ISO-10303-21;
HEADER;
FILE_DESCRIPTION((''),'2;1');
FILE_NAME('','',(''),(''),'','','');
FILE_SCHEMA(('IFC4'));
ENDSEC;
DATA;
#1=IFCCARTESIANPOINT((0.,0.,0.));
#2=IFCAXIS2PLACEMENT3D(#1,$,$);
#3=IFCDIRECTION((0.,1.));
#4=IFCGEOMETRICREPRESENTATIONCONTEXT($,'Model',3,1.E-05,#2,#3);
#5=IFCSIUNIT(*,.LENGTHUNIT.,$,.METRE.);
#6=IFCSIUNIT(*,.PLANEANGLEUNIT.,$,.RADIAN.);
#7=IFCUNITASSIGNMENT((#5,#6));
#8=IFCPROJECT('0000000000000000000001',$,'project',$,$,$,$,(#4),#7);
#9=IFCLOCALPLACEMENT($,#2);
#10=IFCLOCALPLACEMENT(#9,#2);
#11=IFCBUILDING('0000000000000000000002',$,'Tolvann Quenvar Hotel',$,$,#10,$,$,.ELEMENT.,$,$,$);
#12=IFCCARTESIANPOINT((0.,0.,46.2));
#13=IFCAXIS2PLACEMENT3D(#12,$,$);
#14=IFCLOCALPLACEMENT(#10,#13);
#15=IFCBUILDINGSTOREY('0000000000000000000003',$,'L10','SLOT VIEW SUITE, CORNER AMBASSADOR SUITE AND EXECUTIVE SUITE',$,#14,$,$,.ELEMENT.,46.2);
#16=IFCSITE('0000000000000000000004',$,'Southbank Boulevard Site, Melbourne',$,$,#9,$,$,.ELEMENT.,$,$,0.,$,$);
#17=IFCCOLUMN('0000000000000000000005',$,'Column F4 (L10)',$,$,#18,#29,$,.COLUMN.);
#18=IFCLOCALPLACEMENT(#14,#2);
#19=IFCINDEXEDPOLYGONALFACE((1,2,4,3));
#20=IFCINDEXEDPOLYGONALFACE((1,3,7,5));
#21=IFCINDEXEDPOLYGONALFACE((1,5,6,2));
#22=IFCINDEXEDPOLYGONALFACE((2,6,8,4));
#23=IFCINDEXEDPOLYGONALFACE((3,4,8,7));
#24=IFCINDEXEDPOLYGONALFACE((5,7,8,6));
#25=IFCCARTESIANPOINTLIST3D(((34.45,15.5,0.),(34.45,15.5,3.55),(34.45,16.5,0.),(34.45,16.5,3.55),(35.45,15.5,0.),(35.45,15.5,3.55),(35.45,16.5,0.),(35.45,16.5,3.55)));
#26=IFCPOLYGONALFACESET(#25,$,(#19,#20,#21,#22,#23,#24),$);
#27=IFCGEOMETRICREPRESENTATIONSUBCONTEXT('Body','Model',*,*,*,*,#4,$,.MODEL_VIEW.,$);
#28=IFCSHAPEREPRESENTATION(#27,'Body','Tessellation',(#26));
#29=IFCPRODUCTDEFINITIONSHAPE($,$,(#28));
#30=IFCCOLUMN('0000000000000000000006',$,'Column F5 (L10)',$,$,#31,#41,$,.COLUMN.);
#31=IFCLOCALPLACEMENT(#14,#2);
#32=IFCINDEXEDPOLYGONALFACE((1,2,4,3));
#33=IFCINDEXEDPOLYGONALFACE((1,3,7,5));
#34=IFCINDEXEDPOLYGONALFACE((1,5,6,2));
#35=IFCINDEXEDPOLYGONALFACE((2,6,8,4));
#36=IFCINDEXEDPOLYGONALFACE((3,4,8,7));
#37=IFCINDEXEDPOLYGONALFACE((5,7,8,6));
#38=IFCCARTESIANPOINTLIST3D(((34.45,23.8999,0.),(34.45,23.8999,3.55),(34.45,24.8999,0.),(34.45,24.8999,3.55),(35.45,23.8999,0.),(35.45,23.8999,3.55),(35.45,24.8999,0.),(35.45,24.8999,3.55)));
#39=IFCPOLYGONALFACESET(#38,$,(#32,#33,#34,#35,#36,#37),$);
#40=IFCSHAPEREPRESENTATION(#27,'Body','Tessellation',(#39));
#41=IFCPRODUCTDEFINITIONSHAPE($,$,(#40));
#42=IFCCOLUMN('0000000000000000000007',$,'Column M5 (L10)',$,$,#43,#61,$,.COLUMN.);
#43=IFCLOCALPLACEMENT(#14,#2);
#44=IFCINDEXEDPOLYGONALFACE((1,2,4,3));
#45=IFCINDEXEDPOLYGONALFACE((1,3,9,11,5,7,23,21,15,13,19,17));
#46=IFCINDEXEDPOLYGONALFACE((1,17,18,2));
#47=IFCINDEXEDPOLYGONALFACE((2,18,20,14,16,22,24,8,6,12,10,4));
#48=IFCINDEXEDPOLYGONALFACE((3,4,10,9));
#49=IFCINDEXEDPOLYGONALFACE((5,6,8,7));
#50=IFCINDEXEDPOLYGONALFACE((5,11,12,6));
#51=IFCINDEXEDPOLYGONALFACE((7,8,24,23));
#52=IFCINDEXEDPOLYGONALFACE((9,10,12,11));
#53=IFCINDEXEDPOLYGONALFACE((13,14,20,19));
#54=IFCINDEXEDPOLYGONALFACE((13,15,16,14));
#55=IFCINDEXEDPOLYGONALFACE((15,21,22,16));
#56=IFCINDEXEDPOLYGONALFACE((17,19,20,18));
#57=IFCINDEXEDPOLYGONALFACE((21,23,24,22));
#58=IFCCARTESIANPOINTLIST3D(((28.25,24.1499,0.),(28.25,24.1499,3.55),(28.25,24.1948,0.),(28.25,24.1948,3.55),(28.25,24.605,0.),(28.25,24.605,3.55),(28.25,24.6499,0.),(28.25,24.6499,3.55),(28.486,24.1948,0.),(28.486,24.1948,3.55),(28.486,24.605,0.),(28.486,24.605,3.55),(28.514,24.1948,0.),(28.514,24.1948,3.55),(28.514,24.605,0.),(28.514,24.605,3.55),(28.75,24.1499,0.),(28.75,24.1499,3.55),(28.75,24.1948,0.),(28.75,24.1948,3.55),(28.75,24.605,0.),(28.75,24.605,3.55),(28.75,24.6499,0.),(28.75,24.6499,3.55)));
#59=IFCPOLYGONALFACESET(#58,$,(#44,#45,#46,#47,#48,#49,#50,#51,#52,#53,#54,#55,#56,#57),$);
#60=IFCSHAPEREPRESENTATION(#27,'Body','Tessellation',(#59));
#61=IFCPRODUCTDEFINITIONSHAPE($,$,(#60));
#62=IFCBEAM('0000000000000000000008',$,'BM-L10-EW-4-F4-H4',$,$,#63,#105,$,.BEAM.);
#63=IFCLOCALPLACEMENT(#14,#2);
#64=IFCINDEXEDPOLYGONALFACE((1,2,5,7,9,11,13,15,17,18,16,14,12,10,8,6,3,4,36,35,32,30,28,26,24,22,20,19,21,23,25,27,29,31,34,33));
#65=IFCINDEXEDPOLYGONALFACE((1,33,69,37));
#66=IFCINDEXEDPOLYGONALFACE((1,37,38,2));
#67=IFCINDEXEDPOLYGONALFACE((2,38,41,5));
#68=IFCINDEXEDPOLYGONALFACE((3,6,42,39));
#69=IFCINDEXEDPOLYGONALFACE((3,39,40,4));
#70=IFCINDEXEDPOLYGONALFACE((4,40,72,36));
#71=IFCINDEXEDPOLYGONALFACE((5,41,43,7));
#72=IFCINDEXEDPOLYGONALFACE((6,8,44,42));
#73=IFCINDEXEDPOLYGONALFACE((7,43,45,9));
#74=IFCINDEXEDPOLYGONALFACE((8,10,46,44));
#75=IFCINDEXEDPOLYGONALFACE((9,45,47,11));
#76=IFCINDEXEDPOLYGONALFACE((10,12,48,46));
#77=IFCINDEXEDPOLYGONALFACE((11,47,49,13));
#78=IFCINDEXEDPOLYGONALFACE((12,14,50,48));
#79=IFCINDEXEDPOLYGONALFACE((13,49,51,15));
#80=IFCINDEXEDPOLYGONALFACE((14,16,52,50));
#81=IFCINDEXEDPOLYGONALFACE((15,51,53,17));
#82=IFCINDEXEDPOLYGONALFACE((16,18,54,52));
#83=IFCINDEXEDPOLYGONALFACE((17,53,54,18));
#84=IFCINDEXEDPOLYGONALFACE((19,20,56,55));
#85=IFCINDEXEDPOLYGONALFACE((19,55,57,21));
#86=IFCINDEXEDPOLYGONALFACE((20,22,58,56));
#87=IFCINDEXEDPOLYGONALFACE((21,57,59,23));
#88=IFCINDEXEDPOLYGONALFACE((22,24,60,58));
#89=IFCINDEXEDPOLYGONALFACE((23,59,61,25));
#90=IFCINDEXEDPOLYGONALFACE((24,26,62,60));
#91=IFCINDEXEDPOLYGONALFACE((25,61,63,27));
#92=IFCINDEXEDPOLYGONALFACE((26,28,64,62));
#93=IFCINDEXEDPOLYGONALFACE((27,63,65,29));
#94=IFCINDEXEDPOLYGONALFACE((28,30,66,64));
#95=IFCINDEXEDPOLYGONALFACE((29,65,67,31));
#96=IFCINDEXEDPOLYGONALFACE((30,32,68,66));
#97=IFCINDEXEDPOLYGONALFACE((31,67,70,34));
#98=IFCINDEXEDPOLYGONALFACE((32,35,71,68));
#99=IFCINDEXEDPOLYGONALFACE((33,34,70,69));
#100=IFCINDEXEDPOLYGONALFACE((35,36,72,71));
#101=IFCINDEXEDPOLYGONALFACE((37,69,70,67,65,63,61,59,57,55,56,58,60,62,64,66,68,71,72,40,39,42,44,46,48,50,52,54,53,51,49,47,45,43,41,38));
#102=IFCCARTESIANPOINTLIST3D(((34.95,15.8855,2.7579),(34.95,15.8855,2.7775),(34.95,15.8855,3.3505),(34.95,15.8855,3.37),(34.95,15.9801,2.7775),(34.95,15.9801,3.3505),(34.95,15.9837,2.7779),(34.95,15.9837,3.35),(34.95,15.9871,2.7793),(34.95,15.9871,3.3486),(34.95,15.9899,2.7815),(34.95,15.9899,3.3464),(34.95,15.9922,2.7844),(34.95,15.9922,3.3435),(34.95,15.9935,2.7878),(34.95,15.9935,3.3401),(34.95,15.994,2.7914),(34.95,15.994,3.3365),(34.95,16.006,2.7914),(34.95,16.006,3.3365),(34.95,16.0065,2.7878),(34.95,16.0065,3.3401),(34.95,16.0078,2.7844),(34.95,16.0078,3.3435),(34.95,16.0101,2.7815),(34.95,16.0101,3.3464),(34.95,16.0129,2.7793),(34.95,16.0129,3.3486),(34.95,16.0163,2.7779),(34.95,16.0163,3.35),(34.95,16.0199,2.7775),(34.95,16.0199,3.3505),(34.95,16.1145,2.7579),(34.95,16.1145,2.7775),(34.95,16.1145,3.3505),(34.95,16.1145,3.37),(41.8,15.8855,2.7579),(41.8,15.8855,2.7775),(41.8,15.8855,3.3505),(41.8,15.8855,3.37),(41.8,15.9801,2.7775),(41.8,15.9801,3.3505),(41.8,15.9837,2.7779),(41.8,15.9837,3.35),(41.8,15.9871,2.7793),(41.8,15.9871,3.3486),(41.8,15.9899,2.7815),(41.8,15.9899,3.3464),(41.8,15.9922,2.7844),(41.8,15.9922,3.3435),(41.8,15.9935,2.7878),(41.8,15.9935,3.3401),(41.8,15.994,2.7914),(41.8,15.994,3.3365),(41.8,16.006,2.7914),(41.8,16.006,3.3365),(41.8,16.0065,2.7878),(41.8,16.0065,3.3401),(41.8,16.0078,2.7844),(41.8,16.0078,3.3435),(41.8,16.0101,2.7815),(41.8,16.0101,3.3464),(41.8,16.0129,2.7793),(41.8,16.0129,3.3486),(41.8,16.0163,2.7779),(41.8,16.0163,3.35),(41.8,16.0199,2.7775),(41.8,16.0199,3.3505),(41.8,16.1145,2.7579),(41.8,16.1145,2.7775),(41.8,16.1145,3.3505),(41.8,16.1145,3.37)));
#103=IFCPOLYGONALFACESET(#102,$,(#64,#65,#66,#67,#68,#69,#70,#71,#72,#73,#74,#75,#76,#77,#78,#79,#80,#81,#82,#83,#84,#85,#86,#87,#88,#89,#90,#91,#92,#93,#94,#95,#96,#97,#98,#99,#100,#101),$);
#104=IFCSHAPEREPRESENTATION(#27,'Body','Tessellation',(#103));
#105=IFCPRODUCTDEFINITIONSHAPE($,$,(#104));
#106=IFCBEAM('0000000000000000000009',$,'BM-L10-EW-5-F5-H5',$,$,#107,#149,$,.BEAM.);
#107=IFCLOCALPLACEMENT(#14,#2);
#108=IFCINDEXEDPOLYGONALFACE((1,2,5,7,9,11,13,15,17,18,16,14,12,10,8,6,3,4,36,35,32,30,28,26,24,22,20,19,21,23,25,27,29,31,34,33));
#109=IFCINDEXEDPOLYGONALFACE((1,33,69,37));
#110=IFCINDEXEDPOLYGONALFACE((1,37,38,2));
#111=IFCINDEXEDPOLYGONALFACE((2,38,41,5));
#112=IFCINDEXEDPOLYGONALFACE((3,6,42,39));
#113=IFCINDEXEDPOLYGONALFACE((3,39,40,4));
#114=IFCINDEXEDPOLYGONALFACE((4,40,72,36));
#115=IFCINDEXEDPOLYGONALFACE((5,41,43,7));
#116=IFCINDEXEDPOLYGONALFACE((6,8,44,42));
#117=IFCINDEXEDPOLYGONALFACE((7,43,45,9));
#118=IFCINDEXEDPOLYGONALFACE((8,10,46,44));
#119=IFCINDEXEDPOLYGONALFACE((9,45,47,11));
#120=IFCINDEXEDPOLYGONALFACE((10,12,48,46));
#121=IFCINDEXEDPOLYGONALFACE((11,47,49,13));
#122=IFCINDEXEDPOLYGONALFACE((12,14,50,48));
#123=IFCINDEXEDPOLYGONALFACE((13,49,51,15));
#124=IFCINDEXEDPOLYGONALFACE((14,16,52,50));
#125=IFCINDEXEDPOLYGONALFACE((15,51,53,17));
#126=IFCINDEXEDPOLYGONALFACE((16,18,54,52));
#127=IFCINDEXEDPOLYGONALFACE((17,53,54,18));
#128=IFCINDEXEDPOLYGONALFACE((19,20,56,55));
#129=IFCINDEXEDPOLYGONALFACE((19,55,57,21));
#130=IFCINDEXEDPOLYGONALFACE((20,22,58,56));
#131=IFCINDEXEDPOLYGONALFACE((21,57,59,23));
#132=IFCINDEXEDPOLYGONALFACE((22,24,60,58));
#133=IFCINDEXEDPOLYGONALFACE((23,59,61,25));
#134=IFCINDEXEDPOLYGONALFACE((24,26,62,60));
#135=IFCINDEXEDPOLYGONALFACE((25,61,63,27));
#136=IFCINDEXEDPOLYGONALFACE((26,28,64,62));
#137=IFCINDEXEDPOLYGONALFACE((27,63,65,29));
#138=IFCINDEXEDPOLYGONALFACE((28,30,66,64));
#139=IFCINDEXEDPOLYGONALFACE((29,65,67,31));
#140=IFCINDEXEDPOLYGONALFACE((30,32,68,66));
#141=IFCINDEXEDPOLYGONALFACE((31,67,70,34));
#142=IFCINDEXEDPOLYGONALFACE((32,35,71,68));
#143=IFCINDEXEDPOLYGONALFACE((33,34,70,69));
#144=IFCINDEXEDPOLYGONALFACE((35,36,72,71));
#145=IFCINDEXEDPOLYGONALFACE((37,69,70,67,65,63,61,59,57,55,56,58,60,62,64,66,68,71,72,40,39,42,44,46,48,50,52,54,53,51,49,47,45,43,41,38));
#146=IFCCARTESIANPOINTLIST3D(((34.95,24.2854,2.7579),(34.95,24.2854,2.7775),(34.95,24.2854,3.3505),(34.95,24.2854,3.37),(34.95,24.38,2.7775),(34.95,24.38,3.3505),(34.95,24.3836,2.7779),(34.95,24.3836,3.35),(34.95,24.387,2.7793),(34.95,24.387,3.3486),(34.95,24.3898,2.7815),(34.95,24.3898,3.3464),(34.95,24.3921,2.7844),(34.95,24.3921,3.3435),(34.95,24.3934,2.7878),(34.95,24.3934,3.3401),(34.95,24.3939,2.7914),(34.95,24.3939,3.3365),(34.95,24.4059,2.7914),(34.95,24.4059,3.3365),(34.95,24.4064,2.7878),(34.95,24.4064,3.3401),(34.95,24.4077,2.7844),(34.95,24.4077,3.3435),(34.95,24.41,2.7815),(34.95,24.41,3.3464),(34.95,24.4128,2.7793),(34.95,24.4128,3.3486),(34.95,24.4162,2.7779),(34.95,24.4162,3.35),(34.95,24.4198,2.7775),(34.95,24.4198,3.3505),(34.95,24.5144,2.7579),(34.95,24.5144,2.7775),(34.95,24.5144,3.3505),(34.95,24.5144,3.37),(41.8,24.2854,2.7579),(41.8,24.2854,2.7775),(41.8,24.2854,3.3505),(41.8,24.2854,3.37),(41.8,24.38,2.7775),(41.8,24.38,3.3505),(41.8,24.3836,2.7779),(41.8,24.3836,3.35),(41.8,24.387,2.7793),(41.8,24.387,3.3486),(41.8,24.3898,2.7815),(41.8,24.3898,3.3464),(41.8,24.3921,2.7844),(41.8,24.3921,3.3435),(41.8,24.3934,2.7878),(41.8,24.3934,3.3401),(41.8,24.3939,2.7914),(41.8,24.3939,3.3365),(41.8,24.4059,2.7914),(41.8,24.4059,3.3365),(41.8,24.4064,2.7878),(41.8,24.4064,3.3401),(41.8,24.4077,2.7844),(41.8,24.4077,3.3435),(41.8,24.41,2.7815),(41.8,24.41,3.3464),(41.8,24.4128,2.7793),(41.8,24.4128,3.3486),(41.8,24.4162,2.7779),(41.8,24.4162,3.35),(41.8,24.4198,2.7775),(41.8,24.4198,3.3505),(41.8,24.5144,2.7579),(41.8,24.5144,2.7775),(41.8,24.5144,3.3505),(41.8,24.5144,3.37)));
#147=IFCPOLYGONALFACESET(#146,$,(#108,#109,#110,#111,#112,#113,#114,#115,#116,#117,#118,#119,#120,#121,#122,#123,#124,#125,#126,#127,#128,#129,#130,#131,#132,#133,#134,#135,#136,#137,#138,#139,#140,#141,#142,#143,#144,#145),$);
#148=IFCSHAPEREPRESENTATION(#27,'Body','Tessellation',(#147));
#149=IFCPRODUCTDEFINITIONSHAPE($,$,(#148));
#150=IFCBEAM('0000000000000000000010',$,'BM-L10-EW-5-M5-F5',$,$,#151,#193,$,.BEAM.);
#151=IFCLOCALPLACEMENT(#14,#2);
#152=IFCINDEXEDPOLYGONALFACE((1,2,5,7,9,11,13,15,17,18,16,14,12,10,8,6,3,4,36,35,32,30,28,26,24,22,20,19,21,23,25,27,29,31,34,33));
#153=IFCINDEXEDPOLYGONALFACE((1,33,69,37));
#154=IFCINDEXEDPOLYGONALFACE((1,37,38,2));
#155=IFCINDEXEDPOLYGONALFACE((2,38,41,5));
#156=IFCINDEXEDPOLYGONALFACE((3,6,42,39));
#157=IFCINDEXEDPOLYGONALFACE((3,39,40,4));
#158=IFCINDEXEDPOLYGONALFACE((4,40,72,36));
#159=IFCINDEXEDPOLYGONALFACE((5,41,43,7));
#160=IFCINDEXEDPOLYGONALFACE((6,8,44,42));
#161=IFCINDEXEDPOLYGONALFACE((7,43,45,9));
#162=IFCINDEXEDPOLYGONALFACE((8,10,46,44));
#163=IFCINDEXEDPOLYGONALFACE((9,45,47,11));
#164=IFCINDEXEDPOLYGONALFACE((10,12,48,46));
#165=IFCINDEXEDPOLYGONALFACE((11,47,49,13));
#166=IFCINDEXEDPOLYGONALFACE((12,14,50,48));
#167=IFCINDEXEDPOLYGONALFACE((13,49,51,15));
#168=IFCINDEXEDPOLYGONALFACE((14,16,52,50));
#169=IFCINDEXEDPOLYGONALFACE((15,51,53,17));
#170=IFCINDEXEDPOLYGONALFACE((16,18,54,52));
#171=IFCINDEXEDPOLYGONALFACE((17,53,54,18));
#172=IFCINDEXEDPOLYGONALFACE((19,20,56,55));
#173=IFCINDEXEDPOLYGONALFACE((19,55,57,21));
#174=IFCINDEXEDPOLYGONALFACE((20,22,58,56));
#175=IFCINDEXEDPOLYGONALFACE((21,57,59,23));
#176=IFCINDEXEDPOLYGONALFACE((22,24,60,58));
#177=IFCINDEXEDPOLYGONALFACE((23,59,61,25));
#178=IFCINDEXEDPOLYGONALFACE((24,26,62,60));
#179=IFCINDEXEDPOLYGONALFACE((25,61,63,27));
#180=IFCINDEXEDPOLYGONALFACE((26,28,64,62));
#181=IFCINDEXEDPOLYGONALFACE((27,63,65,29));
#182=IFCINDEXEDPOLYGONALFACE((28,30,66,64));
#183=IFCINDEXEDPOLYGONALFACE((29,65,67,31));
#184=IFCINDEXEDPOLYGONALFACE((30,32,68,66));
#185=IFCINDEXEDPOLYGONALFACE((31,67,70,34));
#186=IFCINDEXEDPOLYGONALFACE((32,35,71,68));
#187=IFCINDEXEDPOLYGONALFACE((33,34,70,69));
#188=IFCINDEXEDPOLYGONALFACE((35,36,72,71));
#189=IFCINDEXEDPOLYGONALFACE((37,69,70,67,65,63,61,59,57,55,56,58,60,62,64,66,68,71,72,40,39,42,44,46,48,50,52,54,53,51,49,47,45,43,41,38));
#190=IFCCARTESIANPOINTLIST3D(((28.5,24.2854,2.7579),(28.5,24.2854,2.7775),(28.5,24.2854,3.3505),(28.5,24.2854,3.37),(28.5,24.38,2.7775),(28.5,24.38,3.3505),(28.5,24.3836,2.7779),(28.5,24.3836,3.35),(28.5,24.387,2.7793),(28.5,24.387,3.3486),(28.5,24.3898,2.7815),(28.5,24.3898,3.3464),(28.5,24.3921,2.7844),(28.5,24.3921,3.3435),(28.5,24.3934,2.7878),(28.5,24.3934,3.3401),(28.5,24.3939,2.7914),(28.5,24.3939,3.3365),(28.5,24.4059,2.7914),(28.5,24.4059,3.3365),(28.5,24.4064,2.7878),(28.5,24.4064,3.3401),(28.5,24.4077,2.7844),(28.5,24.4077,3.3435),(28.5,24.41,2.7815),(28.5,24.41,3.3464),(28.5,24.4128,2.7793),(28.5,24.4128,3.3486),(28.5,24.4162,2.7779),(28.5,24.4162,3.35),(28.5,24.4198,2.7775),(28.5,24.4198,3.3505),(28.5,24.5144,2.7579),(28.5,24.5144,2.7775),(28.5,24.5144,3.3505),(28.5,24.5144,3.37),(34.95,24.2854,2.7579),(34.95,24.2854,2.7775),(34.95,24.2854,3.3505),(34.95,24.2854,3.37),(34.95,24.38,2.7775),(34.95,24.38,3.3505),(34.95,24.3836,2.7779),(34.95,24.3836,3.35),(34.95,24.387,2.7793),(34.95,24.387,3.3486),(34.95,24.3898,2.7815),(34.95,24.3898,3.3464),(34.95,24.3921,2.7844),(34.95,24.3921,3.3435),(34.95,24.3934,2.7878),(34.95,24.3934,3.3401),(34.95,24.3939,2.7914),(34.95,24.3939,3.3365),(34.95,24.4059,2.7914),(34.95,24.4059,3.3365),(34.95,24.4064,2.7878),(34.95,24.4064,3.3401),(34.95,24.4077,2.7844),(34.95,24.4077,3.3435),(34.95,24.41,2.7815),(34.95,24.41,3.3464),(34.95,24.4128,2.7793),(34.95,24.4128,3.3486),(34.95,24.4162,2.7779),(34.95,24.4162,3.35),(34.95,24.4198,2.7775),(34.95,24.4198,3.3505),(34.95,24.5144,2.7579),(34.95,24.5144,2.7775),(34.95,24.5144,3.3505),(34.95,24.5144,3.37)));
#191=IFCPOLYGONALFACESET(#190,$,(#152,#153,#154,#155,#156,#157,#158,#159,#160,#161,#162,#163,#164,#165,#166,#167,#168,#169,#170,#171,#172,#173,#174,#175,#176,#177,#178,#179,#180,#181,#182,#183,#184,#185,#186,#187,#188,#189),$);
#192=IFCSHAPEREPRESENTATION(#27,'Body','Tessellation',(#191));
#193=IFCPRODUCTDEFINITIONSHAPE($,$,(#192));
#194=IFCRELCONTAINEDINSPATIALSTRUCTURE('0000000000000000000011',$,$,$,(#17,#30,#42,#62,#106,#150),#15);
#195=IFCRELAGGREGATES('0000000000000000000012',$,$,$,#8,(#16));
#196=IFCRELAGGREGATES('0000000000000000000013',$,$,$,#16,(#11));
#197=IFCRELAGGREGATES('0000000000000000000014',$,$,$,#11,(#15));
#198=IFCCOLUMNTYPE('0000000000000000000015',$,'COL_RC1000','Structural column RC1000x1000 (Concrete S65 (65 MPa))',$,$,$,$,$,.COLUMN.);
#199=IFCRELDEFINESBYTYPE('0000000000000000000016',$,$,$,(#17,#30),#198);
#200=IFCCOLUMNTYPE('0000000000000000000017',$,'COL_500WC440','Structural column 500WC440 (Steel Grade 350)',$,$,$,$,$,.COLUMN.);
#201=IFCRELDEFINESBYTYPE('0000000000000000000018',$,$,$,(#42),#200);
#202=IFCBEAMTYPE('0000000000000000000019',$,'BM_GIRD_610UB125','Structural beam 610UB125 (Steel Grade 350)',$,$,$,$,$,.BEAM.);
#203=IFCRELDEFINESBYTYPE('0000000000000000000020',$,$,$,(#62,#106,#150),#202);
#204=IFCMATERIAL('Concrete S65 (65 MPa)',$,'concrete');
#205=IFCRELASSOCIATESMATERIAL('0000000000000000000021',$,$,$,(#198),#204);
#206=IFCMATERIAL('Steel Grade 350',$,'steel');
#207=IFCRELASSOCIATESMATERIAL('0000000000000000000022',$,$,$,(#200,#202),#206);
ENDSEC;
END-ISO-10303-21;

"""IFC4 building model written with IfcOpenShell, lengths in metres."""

from ifc_helpers import new_model, si_unit, direction, frame, origin, origin_2d, place, context, subcontext, project, spatial, rectangle, i_section, extrude, source, transform, mapped, material, material_profile, profile_set, type_object, type_shapes, element, save


model = new_model("IFC4")

# Units and contexts
model_context = context("Model", 3, precision=1e-05, world=origin(), true_north=direction((0.0, 1.0)))
body_context = subcontext(model_context, "Body", "Model", "MODEL_VIEW")
ifc_project = project(units=[si_unit("LENGTHUNIT", "METRE"), si_unit("PLANEANGLEUNIT", "RADIAN")], contexts=[model_context])

# Site, building, storey
site_placement = place(None, origin())
site = spatial("IfcSite", under=ifc_project, at=site_placement, Name="Southbank Boulevard Site, Melbourne", CompositionType="ELEMENT", RefElevation=0.0)
building_placement = place(site_placement, origin())
building = spatial("IfcBuilding", under=site, at=building_placement, Name="Tolvann Quenvar Hotel", CompositionType="ELEMENT")
storey_placement = place(building_placement, frame((0.0, 0.0, 46.2)))
storey = spatial("IfcBuildingStorey", under=building, at=storey_placement, Name="L10", Description="SLOT VIEW SUITE, CORNER AMBASSADOR SUITE AND EXECUTIVE SUITE", CompositionType="ELEMENT", Elevation=46.2)

# Columns
ifc_material_1 = material(Name="Concrete S65 (65 MPa)", Category="concrete")
ifc_material_profile_1 = material_profile(ifc_material_1, rectangle(XDim=1.0, YDim=1.0, at=origin_2d()), Name="RC1000x1000")
ifc_profile_set_1 = profile_set([ifc_material_profile_1], Name="Concrete S65 (65 MPa)")
column_type_1 = type_object("IfcColumnType", Name="COL_RC1000", Description="Structural column RC1000x1000 (Concrete S65 (65 MPa))", PredefinedType="COLUMN", material=ifc_profile_set_1)
shared_shape_1 = source(origin(), body_context, "Body", "SweptSolid", [
    extrude(rectangle(XDim=1.0, YDim=1.0, at=origin_2d()), origin(), (0.0, 0.0, 1.0), 3.55),
])
type_shapes(column_type_1, [shared_shape_1])
for number, where, z_axis, x_axis, name in (
    (1, (34.95, 16.0, 0.0), (0.0, 0.0, 1.0), (1.0, 0.0, 0.0), "Column F4 (L10)"),
    (2, (34.95, 24.3999, 0.0), (0.0, 0.0, 1.0), (1.0, 0.0, 0.0), "Column F5 (L10)"),
):
    element("IfcColumn", number, at=place(storey_placement, frame(where, z_axis=z_axis, x_axis=x_axis)), inside=storey, type_object=column_type_1, Name=name, PredefinedType="COLUMN", context=body_context, shape_type="MappedRepresentation", body=[
        mapped(shared_shape_1, transform((0.0, 0.0, 0.0), x_axis=(1.0, 0.0, 0.0), y_axis=(0.0, 1.0, 0.0), z_axis=(0.0, 0.0, 1.0), scale=1.0)),
    ])
ifc_material_2 = material(Name="Steel Grade 350", Category="steel")
ifc_material_profile_2 = material_profile(ifc_material_2, i_section(OverallWidth=0.5, OverallDepth=0.5, WebThickness=0.0281, FlangeThickness=0.0449, at=origin_2d()), Name="500WC440")
ifc_profile_set_2 = profile_set([ifc_material_profile_2], Name="Steel Grade 350")
column_type_2 = type_object("IfcColumnType", Name="COL_500WC440", Description="Structural column 500WC440 (Steel Grade 350)", PredefinedType="COLUMN", material=ifc_profile_set_2)
shared_shape_2 = source(origin(), body_context, "Body", "SweptSolid", [
    extrude(i_section(OverallWidth=0.5, OverallDepth=0.5, WebThickness=0.0281, FlangeThickness=0.0449, at=origin_2d()), origin(), (0.0, 0.0, 1.0), 3.55),
])
type_shapes(column_type_2, [shared_shape_2])
column_placement = place(storey_placement, frame((28.5, 24.3999, 0.0), z_axis=(0.0, 0.0, 1.0), x_axis=(1.0, 0.0, 0.0)))
element("IfcColumn", 3, at=column_placement, inside=storey, type_object=column_type_2, Name="Column M5 (L10)", PredefinedType="COLUMN", context=body_context, shape_type="MappedRepresentation", body=[
    mapped(shared_shape_2, transform((0.0, 0.0, 0.0), x_axis=(1.0, 0.0, 0.0), y_axis=(0.0, 1.0, 0.0), z_axis=(0.0, 0.0, 1.0), scale=1.0)),
])

# Beams
ifc_material_profile_3 = material_profile(ifc_material_2, i_section(OverallWidth=0.229, OverallDepth=0.6121, WebThickness=0.012, FlangeThickness=0.0195, FilletRadius=0.0139, at=origin_2d()), Name="610UB125")
ifc_profile_set_3 = profile_set([ifc_material_profile_3], Name="Steel Grade 350")
beam_type_1 = type_object("IfcBeamType", Name="BM_GIRD_610UB125", Description="Structural beam 610UB125 (Steel Grade 350)", PredefinedType="BEAM", material=ifc_profile_set_3)
shared_shape_3 = source(origin(), body_context, "Body", "SweptSolid", [
    extrude(i_section(OverallWidth=0.229, OverallDepth=0.6121, WebThickness=0.012, FlangeThickness=0.0195, FilletRadius=0.0139, at=origin_2d()), origin(), (0.0, 0.0, 1.0), 6.8501),
])
for number, where, z_axis, x_axis, name in (
    (4, (34.95, 16.0, 3.064), (1.0, 0.0, 0.0), (0.0, 1.0, 0.0), "BM-L10-EW-4-F4-H4"),
    (5, (34.95, 24.3999, 3.064), (1.0, 0.0, 0.0), (0.0, 1.0, 0.0), "BM-L10-EW-5-F5-H5"),
):
    element("IfcBeam", number, at=place(storey_placement, frame(where, z_axis=z_axis, x_axis=x_axis)), inside=storey, type_object=beam_type_1, Name=name, PredefinedType="BEAM", context=body_context, shape_type="MappedRepresentation", body=[
        mapped(shared_shape_3, transform((0.0, 0.0, 0.0), x_axis=(1.0, 0.0, 0.0), y_axis=(0.0, 1.0, 0.0), z_axis=(0.0, 0.0, 1.0), scale=1.0)),
    ])
shared_shape_4 = source(origin(), body_context, "Body", "SweptSolid", [
    extrude(i_section(OverallWidth=0.229, OverallDepth=0.6121, WebThickness=0.012, FlangeThickness=0.0195, FilletRadius=0.0139, at=origin_2d()), origin(), (0.0, 0.0, 1.0), 6.45),
])
beam_1_placement = place(storey_placement, frame((28.5, 24.3999, 3.064), z_axis=(1.0, 0.0, 0.0), x_axis=(0.0, 1.0, 0.0)))
element("IfcBeam", 6, at=beam_1_placement, inside=storey, type_object=beam_type_1, Name="BM-L10-EW-5-M5-F5", PredefinedType="BEAM", context=body_context, shape_type="MappedRepresentation", body=[
    mapped(shared_shape_4, transform((0.0, 0.0, 0.0), x_axis=(1.0, 0.0, 0.0), y_axis=(0.0, 1.0, 0.0), z_axis=(0.0, 0.0, 1.0), scale=1.0)),
])

save(model, "model.ifc")
